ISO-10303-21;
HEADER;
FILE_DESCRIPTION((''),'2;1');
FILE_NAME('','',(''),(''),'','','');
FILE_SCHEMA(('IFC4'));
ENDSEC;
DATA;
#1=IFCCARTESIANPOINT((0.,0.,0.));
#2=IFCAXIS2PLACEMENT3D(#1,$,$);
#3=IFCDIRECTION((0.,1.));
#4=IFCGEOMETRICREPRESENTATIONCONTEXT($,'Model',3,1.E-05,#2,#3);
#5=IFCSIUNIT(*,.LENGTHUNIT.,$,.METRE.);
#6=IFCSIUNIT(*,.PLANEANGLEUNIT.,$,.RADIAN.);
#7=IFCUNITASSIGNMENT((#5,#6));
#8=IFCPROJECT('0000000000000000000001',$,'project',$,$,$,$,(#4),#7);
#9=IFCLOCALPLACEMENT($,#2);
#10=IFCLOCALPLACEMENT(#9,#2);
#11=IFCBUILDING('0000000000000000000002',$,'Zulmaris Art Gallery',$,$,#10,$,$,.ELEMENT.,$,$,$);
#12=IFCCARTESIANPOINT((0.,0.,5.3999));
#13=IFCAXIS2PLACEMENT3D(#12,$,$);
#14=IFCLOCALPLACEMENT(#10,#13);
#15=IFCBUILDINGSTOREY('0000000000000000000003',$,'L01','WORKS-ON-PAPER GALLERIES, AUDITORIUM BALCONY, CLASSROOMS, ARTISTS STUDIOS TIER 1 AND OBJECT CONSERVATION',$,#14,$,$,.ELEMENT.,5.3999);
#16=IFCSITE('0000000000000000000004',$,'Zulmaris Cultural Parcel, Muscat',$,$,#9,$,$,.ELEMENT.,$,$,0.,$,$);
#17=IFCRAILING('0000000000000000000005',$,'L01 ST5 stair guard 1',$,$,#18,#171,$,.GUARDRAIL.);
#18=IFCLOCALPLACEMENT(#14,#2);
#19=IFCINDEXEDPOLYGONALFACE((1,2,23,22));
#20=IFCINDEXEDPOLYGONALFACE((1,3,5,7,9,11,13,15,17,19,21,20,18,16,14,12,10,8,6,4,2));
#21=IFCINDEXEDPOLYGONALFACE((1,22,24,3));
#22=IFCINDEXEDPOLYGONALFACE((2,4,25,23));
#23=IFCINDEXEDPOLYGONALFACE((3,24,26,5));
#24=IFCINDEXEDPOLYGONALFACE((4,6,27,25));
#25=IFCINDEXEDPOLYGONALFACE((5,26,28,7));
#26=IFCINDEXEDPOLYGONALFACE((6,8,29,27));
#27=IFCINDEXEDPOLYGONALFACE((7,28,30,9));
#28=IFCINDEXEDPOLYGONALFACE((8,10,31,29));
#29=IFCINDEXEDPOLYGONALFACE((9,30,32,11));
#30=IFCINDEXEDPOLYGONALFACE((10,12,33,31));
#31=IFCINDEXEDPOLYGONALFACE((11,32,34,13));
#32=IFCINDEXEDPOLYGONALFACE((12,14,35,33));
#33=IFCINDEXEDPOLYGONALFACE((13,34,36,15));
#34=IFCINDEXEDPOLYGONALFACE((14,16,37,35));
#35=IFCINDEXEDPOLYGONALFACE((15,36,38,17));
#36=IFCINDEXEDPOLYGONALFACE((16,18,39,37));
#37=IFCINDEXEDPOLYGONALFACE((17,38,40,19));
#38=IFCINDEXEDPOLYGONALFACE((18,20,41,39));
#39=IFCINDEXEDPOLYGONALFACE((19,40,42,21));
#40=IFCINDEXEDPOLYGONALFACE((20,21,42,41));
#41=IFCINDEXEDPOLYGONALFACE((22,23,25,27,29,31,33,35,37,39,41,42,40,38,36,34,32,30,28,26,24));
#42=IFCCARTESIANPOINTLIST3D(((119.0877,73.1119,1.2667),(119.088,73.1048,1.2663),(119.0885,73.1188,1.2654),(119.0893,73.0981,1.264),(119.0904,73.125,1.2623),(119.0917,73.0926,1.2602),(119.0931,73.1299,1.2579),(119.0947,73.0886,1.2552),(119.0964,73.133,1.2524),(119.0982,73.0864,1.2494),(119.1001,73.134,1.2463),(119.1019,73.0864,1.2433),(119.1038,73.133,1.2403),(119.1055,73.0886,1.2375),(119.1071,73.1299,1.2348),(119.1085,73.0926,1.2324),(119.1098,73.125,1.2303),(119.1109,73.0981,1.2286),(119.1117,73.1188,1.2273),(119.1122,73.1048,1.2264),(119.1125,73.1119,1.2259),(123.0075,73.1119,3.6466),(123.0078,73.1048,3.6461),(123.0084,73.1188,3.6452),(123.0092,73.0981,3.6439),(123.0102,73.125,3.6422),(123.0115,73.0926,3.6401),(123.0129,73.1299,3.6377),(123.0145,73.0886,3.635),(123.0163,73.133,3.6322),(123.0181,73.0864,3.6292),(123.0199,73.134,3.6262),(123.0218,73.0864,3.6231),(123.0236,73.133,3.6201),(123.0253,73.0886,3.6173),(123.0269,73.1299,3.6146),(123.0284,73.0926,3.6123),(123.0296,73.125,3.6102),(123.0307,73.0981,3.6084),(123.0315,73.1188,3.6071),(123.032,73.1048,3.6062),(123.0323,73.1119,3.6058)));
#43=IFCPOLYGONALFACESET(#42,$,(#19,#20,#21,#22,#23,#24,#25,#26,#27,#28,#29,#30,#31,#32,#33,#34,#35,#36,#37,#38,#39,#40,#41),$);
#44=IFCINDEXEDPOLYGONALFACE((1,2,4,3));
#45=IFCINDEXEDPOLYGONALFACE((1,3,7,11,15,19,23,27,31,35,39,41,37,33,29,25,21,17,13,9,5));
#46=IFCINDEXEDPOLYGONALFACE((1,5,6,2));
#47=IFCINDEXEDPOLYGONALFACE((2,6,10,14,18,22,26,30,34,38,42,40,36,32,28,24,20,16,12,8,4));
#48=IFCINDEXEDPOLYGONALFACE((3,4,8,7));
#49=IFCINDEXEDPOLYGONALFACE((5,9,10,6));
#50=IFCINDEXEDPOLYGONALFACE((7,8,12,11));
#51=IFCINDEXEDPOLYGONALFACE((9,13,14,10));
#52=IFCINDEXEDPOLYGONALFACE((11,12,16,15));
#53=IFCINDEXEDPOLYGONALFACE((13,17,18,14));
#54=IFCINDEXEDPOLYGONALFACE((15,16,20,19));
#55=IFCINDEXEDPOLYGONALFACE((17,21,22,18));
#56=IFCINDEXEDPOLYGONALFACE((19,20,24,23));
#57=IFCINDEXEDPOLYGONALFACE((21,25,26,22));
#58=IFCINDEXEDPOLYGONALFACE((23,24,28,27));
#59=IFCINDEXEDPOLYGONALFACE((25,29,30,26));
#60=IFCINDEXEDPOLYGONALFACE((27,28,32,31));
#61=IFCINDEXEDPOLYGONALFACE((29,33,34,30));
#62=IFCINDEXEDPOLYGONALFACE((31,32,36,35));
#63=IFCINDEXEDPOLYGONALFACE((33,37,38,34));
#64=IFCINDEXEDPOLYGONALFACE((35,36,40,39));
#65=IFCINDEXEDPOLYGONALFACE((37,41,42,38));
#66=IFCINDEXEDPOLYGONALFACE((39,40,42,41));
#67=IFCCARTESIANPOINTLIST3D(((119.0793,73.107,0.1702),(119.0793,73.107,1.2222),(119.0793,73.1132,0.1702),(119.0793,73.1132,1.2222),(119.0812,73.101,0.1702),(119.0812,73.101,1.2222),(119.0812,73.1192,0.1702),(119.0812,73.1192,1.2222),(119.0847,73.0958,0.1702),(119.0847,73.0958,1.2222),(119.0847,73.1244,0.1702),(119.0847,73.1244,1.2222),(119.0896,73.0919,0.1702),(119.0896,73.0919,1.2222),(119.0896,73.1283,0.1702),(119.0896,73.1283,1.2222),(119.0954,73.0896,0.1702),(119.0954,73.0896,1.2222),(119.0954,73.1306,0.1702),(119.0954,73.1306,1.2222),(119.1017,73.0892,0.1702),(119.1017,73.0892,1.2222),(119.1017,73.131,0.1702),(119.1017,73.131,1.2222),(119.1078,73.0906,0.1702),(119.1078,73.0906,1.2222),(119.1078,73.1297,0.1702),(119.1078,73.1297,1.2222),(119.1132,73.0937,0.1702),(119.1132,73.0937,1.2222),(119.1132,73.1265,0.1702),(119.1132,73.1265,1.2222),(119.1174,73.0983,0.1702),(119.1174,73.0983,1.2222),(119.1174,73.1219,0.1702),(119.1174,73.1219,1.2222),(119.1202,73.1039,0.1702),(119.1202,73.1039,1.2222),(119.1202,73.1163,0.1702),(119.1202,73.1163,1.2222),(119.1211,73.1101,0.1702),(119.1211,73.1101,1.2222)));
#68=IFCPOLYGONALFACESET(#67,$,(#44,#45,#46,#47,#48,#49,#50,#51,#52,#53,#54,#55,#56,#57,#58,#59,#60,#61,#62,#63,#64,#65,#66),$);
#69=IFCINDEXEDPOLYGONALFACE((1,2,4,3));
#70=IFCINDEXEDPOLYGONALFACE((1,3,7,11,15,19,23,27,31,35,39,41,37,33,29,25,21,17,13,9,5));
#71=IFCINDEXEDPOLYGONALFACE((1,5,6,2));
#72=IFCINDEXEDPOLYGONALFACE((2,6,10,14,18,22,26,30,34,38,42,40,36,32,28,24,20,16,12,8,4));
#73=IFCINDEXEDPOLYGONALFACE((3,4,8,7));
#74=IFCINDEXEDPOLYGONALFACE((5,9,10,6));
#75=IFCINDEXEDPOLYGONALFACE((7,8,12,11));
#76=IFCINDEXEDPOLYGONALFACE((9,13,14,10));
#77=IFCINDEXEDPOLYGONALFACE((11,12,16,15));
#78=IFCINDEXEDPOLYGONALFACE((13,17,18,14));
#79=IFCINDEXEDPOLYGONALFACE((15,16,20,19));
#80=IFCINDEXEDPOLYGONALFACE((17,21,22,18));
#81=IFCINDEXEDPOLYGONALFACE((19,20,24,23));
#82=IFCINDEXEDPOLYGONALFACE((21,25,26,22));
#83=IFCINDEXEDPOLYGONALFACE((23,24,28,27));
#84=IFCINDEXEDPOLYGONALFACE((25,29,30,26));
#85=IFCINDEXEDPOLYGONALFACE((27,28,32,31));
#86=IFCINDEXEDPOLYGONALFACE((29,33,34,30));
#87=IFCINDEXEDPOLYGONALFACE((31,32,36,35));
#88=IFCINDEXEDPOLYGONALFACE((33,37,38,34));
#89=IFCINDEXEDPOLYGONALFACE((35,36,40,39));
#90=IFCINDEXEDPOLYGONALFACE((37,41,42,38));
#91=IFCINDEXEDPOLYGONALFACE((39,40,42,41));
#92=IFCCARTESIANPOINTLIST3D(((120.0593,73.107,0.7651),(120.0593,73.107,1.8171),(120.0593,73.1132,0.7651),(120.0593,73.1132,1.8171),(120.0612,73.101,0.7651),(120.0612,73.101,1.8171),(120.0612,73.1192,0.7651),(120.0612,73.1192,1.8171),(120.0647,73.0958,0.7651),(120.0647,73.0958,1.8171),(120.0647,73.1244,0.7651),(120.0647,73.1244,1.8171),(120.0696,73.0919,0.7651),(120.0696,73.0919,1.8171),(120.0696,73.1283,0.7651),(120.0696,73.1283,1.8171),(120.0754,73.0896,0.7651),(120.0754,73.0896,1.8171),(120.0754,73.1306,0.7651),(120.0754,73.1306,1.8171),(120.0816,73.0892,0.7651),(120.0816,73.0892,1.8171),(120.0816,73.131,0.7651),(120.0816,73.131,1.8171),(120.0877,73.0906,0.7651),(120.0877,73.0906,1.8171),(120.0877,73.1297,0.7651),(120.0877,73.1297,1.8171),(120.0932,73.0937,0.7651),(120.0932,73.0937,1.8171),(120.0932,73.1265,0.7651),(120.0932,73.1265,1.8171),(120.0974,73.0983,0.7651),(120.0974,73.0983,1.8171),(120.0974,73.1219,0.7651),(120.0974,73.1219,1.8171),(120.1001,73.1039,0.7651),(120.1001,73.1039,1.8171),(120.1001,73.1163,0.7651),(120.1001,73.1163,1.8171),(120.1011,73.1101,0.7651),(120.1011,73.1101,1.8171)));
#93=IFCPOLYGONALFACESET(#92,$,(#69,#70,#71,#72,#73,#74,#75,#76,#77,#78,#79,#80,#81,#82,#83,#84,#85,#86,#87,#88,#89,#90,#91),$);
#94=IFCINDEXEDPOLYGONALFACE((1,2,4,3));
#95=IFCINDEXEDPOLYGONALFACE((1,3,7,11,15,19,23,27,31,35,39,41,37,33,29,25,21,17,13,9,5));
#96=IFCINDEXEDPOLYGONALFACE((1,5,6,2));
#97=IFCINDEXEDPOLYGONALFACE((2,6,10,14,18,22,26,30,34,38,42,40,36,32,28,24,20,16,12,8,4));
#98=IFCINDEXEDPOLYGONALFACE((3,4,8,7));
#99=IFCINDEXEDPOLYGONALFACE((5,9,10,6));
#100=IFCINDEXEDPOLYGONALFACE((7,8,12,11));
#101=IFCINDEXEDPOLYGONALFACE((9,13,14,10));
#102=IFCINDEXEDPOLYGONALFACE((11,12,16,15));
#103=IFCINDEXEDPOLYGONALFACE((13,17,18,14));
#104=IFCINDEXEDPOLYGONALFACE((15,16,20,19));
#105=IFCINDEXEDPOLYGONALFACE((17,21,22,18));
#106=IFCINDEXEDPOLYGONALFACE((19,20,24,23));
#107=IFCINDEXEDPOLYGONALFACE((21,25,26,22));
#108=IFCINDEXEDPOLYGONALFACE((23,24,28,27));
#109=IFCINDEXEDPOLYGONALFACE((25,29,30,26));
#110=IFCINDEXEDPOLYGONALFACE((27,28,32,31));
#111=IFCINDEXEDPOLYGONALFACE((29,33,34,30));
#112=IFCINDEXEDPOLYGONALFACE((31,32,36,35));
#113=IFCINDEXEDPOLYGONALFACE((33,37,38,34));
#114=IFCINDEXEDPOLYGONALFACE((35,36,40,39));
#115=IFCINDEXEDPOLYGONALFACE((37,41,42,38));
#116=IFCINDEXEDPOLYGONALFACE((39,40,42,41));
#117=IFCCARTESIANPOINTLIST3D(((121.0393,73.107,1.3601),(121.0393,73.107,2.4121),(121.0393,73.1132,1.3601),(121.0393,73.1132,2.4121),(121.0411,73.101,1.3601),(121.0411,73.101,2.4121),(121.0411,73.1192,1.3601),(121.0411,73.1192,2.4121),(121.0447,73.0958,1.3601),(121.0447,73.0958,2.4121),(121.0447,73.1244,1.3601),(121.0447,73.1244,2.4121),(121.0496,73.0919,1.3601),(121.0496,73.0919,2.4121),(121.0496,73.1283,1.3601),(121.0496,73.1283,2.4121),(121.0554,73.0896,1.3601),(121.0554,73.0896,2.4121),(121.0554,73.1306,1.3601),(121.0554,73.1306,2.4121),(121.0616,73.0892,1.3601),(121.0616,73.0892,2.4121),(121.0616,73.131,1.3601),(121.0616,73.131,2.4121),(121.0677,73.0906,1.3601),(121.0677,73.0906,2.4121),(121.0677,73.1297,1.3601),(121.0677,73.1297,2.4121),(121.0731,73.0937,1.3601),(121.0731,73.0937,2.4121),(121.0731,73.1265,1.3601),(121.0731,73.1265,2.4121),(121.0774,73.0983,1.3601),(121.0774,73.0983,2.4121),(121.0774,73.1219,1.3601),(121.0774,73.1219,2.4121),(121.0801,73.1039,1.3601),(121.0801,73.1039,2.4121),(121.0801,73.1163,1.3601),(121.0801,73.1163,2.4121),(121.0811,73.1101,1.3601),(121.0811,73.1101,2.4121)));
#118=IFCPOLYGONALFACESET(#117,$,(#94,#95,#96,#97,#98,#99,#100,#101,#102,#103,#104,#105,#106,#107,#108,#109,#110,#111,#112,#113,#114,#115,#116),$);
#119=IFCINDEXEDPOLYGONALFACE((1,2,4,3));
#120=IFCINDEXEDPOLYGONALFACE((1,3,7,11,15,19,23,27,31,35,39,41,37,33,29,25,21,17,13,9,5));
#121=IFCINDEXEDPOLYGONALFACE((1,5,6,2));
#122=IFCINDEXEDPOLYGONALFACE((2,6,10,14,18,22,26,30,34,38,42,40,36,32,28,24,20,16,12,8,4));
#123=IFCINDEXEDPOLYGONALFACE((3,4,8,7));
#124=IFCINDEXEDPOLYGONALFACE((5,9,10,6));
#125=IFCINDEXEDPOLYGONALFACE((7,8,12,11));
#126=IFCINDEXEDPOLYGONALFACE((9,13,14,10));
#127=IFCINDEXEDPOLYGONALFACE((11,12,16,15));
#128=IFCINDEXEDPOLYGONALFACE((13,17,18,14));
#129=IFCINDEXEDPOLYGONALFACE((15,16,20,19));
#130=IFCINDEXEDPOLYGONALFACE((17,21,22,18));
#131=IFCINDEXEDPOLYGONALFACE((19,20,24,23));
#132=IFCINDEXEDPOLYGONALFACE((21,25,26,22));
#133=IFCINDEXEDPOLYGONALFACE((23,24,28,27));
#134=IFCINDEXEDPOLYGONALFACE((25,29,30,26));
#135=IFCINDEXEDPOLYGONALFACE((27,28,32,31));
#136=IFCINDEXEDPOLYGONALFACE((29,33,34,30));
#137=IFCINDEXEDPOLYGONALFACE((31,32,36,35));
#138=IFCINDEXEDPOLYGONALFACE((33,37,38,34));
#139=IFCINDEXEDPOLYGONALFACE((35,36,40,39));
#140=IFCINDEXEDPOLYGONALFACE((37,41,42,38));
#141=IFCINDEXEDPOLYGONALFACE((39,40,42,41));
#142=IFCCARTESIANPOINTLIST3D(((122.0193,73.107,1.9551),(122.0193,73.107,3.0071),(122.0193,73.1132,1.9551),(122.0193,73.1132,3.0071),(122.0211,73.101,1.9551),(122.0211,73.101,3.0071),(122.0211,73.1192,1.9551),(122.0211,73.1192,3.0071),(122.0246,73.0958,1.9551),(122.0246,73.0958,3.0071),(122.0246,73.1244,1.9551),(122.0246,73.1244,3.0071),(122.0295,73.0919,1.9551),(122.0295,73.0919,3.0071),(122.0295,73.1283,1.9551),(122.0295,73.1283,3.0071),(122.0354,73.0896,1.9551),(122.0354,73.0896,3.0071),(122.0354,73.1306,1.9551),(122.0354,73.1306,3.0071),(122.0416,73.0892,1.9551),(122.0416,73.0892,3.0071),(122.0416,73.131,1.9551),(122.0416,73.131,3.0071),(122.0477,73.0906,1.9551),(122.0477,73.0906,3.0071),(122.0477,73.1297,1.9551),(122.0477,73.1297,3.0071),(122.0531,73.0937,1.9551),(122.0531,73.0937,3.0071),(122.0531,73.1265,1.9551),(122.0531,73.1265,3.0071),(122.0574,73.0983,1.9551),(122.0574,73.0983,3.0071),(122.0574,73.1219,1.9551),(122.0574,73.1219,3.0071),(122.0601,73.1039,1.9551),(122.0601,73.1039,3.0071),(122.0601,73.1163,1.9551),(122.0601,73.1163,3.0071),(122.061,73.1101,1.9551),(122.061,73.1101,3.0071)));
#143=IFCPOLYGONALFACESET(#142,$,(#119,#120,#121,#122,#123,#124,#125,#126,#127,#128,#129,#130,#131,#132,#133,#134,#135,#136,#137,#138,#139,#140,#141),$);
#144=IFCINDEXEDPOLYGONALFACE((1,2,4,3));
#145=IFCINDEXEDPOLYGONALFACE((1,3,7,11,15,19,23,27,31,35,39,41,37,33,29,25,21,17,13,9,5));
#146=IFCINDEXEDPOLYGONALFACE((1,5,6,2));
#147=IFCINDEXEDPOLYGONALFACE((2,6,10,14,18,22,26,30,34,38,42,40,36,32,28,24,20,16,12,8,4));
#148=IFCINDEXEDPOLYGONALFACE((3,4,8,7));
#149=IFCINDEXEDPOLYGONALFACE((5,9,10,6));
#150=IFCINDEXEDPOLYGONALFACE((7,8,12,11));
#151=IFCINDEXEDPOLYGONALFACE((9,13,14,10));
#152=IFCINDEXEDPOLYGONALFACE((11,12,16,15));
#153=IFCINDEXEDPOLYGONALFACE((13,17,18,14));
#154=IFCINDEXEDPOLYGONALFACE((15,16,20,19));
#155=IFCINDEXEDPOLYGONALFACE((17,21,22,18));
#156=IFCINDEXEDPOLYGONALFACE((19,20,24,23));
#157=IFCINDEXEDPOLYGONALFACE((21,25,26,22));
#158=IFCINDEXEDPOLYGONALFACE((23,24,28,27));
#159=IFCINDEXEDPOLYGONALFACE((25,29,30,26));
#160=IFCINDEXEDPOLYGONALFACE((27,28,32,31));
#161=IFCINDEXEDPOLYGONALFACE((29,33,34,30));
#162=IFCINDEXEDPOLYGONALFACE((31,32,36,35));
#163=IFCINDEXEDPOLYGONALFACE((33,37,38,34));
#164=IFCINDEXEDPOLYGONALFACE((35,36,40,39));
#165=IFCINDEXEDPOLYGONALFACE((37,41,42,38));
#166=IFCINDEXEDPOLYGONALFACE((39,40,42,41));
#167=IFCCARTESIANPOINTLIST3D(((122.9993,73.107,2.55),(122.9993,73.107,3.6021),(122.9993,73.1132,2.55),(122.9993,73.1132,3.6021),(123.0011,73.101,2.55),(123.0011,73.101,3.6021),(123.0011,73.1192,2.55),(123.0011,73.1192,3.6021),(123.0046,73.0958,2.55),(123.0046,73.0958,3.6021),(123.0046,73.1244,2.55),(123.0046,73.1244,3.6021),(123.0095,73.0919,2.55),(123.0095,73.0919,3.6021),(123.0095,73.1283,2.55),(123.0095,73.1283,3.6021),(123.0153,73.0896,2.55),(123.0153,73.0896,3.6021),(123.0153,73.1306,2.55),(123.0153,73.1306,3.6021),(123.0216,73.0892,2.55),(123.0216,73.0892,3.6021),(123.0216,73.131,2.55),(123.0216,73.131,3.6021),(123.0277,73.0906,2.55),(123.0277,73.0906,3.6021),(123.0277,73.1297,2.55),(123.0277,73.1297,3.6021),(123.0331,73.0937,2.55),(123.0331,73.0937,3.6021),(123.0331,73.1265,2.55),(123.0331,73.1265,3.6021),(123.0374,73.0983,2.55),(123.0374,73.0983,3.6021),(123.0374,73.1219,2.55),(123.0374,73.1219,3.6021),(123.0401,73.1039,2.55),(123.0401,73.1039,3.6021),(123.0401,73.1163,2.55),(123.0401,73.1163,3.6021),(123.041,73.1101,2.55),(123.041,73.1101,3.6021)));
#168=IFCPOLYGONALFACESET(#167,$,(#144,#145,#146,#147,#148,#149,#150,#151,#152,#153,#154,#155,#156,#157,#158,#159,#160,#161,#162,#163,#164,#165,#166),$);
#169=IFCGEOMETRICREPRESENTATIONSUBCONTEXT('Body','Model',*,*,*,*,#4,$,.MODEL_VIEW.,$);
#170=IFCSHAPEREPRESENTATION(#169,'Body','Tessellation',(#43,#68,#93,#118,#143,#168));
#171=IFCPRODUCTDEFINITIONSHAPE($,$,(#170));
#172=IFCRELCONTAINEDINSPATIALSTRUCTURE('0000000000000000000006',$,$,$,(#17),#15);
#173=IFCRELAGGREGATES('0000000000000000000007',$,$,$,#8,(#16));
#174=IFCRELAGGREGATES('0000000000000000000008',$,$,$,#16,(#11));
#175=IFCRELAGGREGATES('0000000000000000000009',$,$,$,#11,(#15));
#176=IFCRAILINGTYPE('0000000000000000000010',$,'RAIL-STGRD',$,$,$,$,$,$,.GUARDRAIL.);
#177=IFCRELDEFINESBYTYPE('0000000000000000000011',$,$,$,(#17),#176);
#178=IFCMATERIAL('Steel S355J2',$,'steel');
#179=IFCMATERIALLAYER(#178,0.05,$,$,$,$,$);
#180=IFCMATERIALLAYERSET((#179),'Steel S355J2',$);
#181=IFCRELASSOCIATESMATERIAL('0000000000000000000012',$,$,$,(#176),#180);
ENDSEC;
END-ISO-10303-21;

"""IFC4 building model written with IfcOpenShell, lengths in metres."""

from ifc_helpers import new_model, si_unit, direction, frame, origin, origin_2d, place, context, subcontext, project, spatial, circle, extrude, material, layer, layer_set, type_object, element, save


model = new_model("IFC4")

# Units and contexts
model_context = context("Model", 3, precision=1e-05, world=origin(), true_north=direction((0.0, 1.0)))
body_context = subcontext(model_context, "Body", "Model", "MODEL_VIEW")
ifc_project = project(units=[si_unit("LENGTHUNIT", "METRE"), si_unit("PLANEANGLEUNIT", "RADIAN")], contexts=[model_context])

# Site, building, storey
site_placement = place(None, origin())
site = spatial("IfcSite", under=ifc_project, at=site_placement, Name="Zulmaris Cultural Parcel, Muscat", CompositionType="ELEMENT", RefElevation=0.0)
building_placement = place(site_placement, origin())
building = spatial("IfcBuilding", under=site, at=building_placement, Name="Zulmaris Art Gallery", CompositionType="ELEMENT")
storey_placement = place(building_placement, frame((0.0, 0.0, 5.3999)))
storey = spatial("IfcBuildingStorey", under=building, at=storey_placement, Name="L01", Description="WORKS-ON-PAPER GALLERIES, AUDITORIUM BALCONY, CLASSROOMS, ARTISTS STUDIOS TIER 1 AND OBJECT CONSERVATION", CompositionType="ELEMENT", Elevation=5.3999)

# Shared definitions
ifc_material_1 = material(Name="Steel S355J2", Category="steel")

# Railing
ifc_layer_1 = layer(ifc_material_1, 0.05)
ifc_layer_set_1 = layer_set([ifc_layer_1], Name="Steel S355J2")
railing_type_1 = type_object("IfcRailingType", Name="RAIL-STGRD", PredefinedType="GUARDRAIL", material=ifc_layer_set_1)
railing_1_placement = place(storey_placement, frame((119.1001, 73.1101, 0.1702)))
element("IfcRailing", 1, at=railing_1_placement, inside=storey, type_object=railing_type_1, Name="L01 ST5 stair guard 1", PredefinedType="GUARDRAIL", context=body_context, shape_type="SweptSolid", body=[
    extrude(circle(Radius=0.0239, at=origin_2d()), frame((0.0, 0.0, 1.0762), z_axis=(0.854794, 0.0, 0.518967), x_axis=(0.0, 1.0, 0.0)), (0.0, 0.0, 1.0), 4.5857),
    extrude(circle(Radius=0.021, at=origin_2d()), origin(), (0.0, 0.0, 1.0), 1.052),
    extrude(circle(Radius=0.021, at=origin_2d()), frame((0.98, 0.0, 0.595)), (0.0, 0.0, 1.0), 1.052),
    extrude(circle(Radius=0.021, at=origin_2d()), frame((1.96, 0.0, 1.1899)), (0.0, 0.0, 1.0), 1.052),
    extrude(circle(Radius=0.021, at=origin_2d()), frame((2.9399, 0.0, 1.7849)), (0.0, 0.0, 1.0), 1.052),
    extrude(circle(Radius=0.021, at=origin_2d()), frame((3.9199, 0.0, 2.3799)), (0.0, 0.0, 1.0), 1.052),
])

save(model, "model.ifc")
